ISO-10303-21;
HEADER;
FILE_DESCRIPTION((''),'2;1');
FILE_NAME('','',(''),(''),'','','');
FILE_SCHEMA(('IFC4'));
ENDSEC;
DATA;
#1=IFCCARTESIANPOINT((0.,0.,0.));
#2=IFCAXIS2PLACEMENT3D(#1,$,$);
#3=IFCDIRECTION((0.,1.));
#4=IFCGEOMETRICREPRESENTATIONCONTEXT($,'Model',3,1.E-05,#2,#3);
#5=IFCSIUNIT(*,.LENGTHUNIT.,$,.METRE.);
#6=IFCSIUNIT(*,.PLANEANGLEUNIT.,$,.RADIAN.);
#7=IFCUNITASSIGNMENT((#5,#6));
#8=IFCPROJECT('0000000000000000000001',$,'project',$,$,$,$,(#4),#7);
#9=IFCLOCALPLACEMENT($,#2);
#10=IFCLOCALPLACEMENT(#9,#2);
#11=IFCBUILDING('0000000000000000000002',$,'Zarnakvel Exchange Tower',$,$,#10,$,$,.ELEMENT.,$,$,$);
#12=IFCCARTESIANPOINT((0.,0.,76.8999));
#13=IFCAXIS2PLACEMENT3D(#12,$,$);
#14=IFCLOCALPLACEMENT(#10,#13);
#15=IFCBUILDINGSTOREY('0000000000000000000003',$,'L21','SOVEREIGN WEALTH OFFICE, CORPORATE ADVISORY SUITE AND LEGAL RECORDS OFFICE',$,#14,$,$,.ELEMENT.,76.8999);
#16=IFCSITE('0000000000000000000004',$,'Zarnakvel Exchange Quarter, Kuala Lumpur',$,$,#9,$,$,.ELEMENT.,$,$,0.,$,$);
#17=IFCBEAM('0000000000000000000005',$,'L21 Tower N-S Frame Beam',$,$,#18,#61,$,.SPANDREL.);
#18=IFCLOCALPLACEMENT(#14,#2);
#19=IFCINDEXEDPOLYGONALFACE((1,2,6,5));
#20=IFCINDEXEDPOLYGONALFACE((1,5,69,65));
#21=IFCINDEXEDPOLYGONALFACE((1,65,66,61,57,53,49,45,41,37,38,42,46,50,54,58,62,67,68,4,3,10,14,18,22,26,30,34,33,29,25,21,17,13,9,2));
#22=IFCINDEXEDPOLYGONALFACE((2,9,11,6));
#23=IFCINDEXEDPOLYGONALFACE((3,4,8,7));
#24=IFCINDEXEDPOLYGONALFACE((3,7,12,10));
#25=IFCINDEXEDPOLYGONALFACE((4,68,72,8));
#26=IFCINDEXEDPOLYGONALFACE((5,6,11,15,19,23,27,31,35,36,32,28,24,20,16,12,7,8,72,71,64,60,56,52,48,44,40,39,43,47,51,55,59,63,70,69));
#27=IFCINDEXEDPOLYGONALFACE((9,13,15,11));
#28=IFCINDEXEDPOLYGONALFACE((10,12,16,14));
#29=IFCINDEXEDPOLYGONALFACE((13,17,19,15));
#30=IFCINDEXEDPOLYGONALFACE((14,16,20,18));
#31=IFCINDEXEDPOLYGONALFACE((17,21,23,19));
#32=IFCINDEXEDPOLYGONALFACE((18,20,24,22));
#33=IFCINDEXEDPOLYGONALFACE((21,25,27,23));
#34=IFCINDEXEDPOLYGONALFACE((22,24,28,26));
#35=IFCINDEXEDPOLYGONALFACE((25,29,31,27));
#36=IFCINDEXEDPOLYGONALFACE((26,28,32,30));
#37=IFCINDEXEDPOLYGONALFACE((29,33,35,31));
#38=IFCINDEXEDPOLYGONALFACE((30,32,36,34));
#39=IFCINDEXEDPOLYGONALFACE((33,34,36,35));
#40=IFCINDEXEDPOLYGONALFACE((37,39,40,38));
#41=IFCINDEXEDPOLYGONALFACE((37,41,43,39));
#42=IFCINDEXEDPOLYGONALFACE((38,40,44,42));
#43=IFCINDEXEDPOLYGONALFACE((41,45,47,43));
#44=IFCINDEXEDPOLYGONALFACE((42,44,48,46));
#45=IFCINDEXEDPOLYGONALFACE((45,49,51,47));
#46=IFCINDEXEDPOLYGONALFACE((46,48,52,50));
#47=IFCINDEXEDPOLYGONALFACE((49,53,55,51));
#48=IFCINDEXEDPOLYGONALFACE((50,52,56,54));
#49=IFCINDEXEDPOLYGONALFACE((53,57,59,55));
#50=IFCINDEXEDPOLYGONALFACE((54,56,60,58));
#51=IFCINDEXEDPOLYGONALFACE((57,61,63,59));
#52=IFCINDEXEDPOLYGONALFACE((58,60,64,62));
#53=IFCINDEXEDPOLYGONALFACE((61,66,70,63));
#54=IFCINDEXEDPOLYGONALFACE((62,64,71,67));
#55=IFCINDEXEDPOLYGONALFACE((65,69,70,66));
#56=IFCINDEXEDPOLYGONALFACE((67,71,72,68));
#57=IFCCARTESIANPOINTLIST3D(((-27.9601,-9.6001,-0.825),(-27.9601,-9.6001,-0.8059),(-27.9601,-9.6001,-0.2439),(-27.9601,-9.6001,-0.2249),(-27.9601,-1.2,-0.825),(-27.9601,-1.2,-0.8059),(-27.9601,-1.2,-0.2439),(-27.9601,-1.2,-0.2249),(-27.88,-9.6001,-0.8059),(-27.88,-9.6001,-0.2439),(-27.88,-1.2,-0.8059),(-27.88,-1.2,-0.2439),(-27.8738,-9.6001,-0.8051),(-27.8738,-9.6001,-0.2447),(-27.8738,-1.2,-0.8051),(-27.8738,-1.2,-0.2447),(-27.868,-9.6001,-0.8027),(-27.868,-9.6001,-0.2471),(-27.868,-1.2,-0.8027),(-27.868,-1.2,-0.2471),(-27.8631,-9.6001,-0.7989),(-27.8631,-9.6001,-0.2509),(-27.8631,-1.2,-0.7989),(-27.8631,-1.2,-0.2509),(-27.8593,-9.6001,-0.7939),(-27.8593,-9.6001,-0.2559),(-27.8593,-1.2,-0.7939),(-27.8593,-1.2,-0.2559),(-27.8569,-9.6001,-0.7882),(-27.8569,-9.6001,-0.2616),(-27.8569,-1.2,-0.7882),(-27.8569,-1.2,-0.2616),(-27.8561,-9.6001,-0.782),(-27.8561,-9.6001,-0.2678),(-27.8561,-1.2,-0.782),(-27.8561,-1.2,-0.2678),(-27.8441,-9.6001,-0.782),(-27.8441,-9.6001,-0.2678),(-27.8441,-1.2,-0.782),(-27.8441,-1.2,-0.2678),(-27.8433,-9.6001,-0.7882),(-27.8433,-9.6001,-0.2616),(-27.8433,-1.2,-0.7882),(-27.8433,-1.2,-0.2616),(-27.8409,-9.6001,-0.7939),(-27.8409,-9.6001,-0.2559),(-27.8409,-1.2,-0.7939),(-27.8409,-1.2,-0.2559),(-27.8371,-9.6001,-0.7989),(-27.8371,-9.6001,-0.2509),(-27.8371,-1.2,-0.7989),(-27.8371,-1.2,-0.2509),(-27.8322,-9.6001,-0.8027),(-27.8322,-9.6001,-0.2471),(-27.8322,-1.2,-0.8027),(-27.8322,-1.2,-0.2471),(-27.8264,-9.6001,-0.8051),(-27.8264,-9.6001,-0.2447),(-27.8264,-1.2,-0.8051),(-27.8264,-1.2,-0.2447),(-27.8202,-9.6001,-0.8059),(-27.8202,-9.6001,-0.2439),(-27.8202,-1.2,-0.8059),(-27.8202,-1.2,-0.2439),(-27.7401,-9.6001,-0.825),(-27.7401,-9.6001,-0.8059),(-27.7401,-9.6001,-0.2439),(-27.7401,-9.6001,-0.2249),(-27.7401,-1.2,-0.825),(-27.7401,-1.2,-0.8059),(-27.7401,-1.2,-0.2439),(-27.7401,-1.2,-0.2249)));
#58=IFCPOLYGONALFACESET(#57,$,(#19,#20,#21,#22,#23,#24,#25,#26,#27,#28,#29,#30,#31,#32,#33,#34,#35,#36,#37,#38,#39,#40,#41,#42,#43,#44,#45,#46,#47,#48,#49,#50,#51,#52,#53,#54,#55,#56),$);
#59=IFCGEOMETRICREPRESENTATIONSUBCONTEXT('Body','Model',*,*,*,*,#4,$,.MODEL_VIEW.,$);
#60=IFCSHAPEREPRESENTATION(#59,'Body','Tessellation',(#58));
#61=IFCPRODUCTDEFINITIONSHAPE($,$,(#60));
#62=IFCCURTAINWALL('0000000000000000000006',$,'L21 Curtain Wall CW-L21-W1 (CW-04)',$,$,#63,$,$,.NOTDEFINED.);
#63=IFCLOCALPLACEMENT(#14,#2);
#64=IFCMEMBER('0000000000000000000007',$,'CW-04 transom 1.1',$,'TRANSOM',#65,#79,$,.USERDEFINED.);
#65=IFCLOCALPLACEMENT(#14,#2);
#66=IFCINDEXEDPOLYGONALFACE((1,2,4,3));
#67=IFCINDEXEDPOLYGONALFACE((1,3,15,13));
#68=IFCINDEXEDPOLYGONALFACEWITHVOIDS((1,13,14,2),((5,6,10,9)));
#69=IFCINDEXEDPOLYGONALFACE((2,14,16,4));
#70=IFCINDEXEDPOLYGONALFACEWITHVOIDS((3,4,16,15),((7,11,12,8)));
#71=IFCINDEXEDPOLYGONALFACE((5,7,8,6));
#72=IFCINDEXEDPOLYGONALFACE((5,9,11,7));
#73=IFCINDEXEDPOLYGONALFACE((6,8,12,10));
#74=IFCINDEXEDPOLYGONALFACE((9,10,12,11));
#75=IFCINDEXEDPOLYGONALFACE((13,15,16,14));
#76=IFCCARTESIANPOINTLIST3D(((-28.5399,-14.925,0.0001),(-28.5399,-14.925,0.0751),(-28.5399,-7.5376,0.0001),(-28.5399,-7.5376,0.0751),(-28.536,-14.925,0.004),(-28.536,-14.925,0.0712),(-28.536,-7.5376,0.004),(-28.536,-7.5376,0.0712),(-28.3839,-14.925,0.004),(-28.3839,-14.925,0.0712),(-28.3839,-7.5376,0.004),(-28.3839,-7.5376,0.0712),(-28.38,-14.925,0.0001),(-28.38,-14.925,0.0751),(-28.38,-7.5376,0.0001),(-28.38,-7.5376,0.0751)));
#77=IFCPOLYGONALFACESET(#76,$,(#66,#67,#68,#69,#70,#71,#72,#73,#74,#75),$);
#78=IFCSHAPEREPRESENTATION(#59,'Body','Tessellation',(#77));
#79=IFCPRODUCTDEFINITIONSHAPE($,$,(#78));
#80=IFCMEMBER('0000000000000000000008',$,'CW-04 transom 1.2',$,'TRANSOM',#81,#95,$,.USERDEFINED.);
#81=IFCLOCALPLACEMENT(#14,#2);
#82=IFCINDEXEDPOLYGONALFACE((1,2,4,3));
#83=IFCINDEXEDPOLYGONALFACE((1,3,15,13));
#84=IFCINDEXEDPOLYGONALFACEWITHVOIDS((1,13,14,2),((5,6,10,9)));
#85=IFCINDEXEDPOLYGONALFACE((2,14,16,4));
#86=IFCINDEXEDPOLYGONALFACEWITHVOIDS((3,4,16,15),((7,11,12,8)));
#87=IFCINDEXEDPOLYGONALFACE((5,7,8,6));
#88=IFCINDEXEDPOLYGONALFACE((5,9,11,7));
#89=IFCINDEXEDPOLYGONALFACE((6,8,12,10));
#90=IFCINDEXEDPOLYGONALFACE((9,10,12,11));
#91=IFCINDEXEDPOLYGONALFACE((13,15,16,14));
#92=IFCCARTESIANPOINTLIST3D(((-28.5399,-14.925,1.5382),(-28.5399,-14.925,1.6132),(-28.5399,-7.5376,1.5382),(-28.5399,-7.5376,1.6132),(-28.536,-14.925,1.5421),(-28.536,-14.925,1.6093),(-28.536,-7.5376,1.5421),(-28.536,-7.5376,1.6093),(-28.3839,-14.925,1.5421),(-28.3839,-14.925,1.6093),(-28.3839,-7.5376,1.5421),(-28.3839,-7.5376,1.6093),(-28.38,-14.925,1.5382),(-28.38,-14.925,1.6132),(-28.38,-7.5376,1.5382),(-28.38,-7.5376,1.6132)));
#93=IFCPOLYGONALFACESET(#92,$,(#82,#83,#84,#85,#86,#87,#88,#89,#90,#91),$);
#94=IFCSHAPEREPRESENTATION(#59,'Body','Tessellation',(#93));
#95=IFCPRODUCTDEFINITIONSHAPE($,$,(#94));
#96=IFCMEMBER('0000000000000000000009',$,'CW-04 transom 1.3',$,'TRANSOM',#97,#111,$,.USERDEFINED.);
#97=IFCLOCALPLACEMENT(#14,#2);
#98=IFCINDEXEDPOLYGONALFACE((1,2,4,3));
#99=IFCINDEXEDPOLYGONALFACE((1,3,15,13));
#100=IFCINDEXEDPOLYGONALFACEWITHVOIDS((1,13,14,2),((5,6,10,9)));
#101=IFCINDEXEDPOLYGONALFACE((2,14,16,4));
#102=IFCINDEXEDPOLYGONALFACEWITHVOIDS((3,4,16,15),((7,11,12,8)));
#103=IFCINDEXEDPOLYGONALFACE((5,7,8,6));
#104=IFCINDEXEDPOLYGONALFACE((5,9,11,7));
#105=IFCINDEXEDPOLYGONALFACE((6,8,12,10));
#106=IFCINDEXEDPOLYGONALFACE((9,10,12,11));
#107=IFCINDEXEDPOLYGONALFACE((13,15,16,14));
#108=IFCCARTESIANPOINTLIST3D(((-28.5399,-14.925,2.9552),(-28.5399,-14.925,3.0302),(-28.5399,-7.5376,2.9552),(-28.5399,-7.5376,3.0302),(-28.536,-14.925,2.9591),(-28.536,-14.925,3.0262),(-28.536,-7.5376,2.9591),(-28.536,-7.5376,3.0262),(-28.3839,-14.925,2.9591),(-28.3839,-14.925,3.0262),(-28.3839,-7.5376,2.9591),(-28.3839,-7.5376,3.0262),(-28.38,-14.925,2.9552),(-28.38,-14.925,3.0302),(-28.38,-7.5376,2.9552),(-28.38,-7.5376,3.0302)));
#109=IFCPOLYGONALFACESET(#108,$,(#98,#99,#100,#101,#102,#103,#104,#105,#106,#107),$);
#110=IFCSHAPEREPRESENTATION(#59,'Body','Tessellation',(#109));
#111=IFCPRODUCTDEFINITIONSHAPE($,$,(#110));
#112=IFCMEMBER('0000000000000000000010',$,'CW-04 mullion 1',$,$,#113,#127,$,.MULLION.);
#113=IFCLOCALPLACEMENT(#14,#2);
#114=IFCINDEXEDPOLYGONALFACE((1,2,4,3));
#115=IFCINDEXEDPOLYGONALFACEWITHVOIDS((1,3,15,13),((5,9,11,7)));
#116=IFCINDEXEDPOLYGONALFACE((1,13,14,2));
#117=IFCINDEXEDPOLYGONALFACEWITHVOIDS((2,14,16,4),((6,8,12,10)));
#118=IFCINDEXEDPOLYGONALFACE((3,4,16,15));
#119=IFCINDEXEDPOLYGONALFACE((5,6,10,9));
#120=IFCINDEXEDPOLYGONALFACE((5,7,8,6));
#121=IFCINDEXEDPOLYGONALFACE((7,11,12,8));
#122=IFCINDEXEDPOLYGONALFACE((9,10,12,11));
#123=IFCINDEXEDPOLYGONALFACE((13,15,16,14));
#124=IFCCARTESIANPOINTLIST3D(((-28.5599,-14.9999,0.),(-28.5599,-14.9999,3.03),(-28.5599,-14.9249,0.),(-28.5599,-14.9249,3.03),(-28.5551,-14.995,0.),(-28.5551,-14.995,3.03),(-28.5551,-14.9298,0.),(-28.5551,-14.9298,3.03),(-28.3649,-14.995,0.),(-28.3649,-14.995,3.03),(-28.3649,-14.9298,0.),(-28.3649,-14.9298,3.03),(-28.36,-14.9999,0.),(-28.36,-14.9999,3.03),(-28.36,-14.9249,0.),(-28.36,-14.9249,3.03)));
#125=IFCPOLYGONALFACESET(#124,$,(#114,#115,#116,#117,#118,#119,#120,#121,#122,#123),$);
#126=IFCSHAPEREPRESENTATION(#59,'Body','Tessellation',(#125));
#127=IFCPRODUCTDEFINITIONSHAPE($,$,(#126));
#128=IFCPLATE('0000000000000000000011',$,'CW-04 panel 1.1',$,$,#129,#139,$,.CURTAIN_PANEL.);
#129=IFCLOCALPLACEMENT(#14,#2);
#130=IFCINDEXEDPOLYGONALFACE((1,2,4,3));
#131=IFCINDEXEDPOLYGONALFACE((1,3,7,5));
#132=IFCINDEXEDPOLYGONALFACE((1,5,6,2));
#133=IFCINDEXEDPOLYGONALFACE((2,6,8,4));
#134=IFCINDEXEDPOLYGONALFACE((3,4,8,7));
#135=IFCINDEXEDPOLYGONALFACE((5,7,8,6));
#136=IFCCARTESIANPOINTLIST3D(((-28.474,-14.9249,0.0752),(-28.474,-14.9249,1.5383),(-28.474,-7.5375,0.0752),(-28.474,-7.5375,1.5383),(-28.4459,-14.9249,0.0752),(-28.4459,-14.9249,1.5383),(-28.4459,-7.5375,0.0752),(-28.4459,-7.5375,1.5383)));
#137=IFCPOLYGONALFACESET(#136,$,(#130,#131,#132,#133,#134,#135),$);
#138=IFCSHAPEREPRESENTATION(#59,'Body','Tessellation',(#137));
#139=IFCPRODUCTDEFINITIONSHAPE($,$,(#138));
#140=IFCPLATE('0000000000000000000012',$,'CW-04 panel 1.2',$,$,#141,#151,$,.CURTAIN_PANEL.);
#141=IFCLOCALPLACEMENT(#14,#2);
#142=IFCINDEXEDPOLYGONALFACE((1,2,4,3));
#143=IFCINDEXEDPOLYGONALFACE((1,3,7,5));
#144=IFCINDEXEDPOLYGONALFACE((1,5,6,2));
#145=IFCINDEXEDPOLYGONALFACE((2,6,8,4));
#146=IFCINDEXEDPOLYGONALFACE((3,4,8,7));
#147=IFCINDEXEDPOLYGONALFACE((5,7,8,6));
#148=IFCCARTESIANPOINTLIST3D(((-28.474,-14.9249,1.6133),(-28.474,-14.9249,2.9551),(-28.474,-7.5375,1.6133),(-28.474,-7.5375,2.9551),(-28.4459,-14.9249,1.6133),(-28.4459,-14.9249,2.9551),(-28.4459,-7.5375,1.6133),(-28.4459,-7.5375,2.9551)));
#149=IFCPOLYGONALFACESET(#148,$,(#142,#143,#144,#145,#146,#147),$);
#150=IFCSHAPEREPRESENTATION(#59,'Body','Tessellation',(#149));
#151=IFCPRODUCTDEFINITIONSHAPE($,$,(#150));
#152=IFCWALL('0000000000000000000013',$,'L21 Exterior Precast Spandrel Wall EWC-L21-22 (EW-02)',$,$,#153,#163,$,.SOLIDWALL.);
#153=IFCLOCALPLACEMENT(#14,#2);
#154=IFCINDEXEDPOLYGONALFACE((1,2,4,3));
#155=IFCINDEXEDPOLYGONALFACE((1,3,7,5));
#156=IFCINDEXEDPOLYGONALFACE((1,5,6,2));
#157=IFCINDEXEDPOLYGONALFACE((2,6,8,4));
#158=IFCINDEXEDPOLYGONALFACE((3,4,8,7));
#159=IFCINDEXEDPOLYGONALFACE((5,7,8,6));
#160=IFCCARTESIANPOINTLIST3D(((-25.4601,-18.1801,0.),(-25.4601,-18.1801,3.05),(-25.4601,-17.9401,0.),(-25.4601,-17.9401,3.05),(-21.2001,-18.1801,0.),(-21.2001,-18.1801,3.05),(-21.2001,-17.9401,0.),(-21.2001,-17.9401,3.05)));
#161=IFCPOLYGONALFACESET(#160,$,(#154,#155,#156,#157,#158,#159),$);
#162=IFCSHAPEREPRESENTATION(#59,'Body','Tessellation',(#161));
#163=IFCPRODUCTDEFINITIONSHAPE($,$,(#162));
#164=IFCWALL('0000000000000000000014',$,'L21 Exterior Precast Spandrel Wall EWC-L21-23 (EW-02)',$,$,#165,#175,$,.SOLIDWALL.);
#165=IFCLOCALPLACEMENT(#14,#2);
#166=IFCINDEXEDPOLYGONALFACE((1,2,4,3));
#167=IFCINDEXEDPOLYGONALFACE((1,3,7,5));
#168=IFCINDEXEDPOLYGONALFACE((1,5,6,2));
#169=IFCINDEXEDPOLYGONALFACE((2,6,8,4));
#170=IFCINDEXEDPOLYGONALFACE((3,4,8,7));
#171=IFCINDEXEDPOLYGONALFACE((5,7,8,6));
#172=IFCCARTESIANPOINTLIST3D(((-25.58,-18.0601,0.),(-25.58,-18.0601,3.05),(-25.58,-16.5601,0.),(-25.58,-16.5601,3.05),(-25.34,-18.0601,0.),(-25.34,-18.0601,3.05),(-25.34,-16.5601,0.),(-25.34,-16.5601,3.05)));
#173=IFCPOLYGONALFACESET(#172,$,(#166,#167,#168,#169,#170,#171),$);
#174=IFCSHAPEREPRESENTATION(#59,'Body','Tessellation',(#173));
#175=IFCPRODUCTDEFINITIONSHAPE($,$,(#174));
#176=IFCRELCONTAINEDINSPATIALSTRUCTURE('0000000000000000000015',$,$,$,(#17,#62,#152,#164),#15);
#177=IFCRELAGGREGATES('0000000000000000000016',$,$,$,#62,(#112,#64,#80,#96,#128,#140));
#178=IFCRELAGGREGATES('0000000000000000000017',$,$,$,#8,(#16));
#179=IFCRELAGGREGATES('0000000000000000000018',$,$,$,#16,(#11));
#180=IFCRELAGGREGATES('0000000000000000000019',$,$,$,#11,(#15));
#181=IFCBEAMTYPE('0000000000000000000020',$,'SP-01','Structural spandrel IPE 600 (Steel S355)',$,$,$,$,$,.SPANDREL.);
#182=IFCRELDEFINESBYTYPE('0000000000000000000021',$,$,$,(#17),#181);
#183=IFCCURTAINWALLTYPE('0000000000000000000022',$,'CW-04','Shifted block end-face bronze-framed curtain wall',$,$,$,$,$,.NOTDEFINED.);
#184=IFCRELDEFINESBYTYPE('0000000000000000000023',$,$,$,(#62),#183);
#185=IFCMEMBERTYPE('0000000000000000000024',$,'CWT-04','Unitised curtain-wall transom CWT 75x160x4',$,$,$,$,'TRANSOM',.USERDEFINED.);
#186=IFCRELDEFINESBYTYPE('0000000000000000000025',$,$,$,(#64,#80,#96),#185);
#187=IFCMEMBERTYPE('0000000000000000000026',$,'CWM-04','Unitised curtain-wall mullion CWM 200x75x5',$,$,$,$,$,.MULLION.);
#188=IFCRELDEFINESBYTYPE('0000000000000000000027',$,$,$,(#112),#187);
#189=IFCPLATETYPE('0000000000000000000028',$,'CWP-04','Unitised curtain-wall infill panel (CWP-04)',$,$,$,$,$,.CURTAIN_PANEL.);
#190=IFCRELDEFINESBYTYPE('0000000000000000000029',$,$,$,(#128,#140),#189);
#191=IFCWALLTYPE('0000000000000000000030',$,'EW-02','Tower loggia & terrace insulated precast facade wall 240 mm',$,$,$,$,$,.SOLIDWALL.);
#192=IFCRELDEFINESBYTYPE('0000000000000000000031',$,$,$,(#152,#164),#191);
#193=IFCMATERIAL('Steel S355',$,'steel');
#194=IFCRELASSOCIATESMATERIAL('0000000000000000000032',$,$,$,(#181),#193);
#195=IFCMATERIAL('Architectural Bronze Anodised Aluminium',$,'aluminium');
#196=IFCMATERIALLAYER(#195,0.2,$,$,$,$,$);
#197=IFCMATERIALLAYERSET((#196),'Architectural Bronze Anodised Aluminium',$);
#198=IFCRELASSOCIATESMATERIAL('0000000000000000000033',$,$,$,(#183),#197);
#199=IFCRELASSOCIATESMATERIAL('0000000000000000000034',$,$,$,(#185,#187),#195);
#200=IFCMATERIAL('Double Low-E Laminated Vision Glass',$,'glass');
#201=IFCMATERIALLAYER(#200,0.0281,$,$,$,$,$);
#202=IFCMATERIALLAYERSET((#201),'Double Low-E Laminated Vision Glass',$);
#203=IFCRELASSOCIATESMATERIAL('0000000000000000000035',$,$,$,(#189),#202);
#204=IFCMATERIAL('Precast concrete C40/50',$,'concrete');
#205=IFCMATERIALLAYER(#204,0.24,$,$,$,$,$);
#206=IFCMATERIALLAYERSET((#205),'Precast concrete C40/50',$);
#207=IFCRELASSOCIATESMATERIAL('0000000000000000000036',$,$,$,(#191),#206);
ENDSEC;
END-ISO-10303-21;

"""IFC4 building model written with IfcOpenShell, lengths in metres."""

from ifc_helpers import new_model, si_unit, direction, frame, frame_2d, origin, origin_2d, place, context, subcontext, project, spatial, rectangle, hollow_rectangle, i_section, extrude, source, transform, mapped, material, layer, layer_set, material_profile, profile_set, type_object, element, aggregate, save


model = new_model("IFC4")

# Units and contexts
model_context = context("Model", 3, precision=1e-05, world=origin(), true_north=direction((0.0, 1.0)))
body_context = subcontext(model_context, "Body", "Model", "MODEL_VIEW")
ifc_project = project(units=[si_unit("LENGTHUNIT", "METRE"), si_unit("PLANEANGLEUNIT", "RADIAN")], contexts=[model_context])

# Site, building, storey
site_placement = place(None, origin())
site = spatial("IfcSite", under=ifc_project, at=site_placement, Name="Zarnakvel Exchange Quarter, Kuala Lumpur", CompositionType="ELEMENT", RefElevation=0.0)
building_placement = place(site_placement, origin())
building = spatial("IfcBuilding", under=site, at=building_placement, Name="Zarnakvel Exchange Tower", CompositionType="ELEMENT")
storey_placement = place(building_placement, frame((0.0, 0.0, 76.8999)))
storey = spatial("IfcBuildingStorey", under=building, at=storey_placement, Name="L21", Description="SOVEREIGN WEALTH OFFICE, CORPORATE ADVISORY SUITE AND LEGAL RECORDS OFFICE", CompositionType="ELEMENT", Elevation=76.8999)

# Shared definitions
ifc_material_1 = material(Name="Steel S355", Category="steel")

# Beam
ifc_material_profile_1 = material_profile(ifc_material_1, i_section(OverallWidth=0.22, OverallDepth=0.6001, WebThickness=0.012, FlangeThickness=0.019, FilletRadius=0.0239, at=origin_2d()))
ifc_profile_set_1 = profile_set([ifc_material_profile_1], Name="Steel S355")
beam_type_1 = type_object("IfcBeamType", Name="SP-01", Description="Structural spandrel IPE 600 (Steel S355)", PredefinedType="SPANDREL", material=ifc_profile_set_1)
beam_1_placement = place(storey_placement, frame((-27.8501, -9.6001, -0.5249), z_axis=(0.0, 1.0, 0.0), x_axis=(-1.0, 0.0, 0.0)))
element("IfcBeam", 1, at=beam_1_placement, inside=storey, type_object=beam_type_1, Name="L21 Tower N-S Frame Beam", PredefinedType="SPANDREL", context=body_context, shape_type="SweptSolid", body=[
    extrude(i_section(OverallWidth=0.22, OverallDepth=0.6001, WebThickness=0.012, FlangeThickness=0.019, FilletRadius=0.0239, at=origin_2d()), origin(), (0.0, 0.0, 1.0), 8.4001),
])

# Curtain wall, members, plates
ifc_material_2 = material(Name="Architectural Bronze Anodised Aluminium", Category="aluminium")
ifc_layer_1 = layer(ifc_material_2, 0.2)
ifc_layer_set_1 = layer_set([ifc_layer_1], Name="Architectural Bronze Anodised Aluminium")
curtain_wall_type = type_object("IfcCurtainWallType", Name="CW-04", Description="Shifted block end-face bronze-framed curtain wall", PredefinedType="NOTDEFINED", material=ifc_layer_set_1)
curtain_wall_placement = place(storey_placement, origin())
curtain_wall = element("IfcCurtainWall", 2, at=curtain_wall_placement, inside=storey, type_object=curtain_wall_type, Name="L21 Curtain Wall CW-L21-W1 (CW-04)", PredefinedType="NOTDEFINED")
ifc_material_profile_2 = material_profile(ifc_material_2, hollow_rectangle(XDim=0.1599, YDim=0.075, WallThickness=0.0039, at=origin_2d()))
ifc_profile_set_2 = profile_set([ifc_material_profile_2], Name="Architectural Bronze Anodised Aluminium")
member_type_1 = type_object("IfcMemberType", Name="CWT-04", Description="Unitised curtain-wall transom CWT 75x160x4", ElementType="TRANSOM", PredefinedType="USERDEFINED", material=ifc_profile_set_2)
shared_shape_1 = source(origin(), body_context, "Body", "SweptSolid", [
    extrude(hollow_rectangle(XDim=0.1599, YDim=0.075, WallThickness=0.0039, at=origin_2d()), origin(), (0.0, 0.0, 1.0), 7.3875),
])
member_1_placement = place(storey_placement, frame((-28.46, -14.925, 0.0376), z_axis=(0.0, 1.0, 0.0), x_axis=(-1.0, 0.0, 0.0)))
member_1 = element("IfcMember", 3, at=member_1_placement, type_object=member_type_1, Name="CW-04 transom 1.1", ObjectType="TRANSOM", PredefinedType="USERDEFINED", context=body_context, shape_type="MappedRepresentation", body=[
    mapped(shared_shape_1, transform((0.0, 0.0, 0.0), x_axis=(1.0, 0.0, 0.0), y_axis=(0.0, 1.0, 0.0), z_axis=(0.0, 0.0, 1.0), scale=1.0)),
])
member_2_placement = place(storey_placement, frame((-28.46, -14.925, 1.5757), z_axis=(0.0, 1.0, 0.0), x_axis=(-1.0, 0.0, 0.0)))
member_2 = element("IfcMember", 4, at=member_2_placement, type_object=member_type_1, Name="CW-04 transom 1.2", ObjectType="TRANSOM", PredefinedType="USERDEFINED", context=body_context, shape_type="MappedRepresentation", body=[
    mapped(shared_shape_1, transform((0.0, 0.0, 0.0), x_axis=(1.0, 0.0, 0.0), y_axis=(0.0, 1.0, 0.0), z_axis=(0.0, 0.0, 1.0), scale=1.0)),
])
member_3_placement = place(storey_placement, frame((-28.46, -14.925, 2.9927), z_axis=(0.0, 1.0, 0.0), x_axis=(-1.0, 0.0, 0.0)))
member_3 = element("IfcMember", 5, at=member_3_placement, type_object=member_type_1, Name="CW-04 transom 1.3", ObjectType="TRANSOM", PredefinedType="USERDEFINED", context=body_context, shape_type="MappedRepresentation", body=[
    mapped(shared_shape_1, transform((0.0, 0.0, 0.0), x_axis=(1.0, 0.0, 0.0), y_axis=(0.0, 1.0, 0.0), z_axis=(0.0, 0.0, 1.0), scale=1.0)),
])
ifc_material_profile_3 = material_profile(ifc_material_2, hollow_rectangle(XDim=0.2, YDim=0.075, WallThickness=0.0049, at=origin_2d()))
ifc_profile_set_3 = profile_set([ifc_material_profile_3], Name="Architectural Bronze Anodised Aluminium")
member_type_2 = type_object("IfcMemberType", Name="CWM-04", Description="Unitised curtain-wall mullion CWM 200x75x5", PredefinedType="MULLION", material=ifc_profile_set_3)
shared_shape_2 = source(origin(), body_context, "Body", "SweptSolid", [
    extrude(hollow_rectangle(XDim=0.2, YDim=0.075, WallThickness=0.0049, at=origin_2d()), origin(), (0.0, 0.0, 1.0), 3.03),
])
member_4_placement = place(storey_placement, frame((-28.46, -14.9624, 0.0), z_axis=(0.0, 0.0, 1.0), x_axis=(-1.0, 0.0, 0.0)))
member_4 = element("IfcMember", 6, at=member_4_placement, type_object=member_type_2, Name="CW-04 mullion 1", PredefinedType="MULLION", context=body_context, shape_type="MappedRepresentation", body=[
    mapped(shared_shape_2, transform((0.0, 0.0, 0.0), x_axis=(1.0, 0.0, 0.0), y_axis=(0.0, 1.0, 0.0), z_axis=(0.0, 0.0, 1.0), scale=1.0)),
])
ifc_material_3 = material(Name="Double Low-E Laminated Vision Glass", Category="glass")
ifc_layer_2 = layer(ifc_material_3, 0.0281)
ifc_layer_set_2 = layer_set([ifc_layer_2], Name="Double Low-E Laminated Vision Glass")
plate_type = type_object("IfcPlateType", Name="CWP-04", Description="Unitised curtain-wall infill panel (CWP-04)", PredefinedType="CURTAIN_PANEL", material=ifc_layer_set_2)
shared_shape_3 = source(origin(), body_context, "Body", "SweptSolid", [
    extrude(rectangle(XDim=7.3875, YDim=0.0281, at=origin_2d()), origin(), (0.0, 0.0, 1.0), 1.4631),
])
plate_1_placement = place(storey_placement, frame((-28.46, -11.2312, 0.0752), z_axis=(0.0, 0.0, 1.0), x_axis=(0.0, 1.0, 0.0)))
plate_1 = element("IfcPlate", 7, at=plate_1_placement, type_object=plate_type, Name="CW-04 panel 1.1", PredefinedType="CURTAIN_PANEL", context=body_context, shape_type="MappedRepresentation", body=[
    mapped(shared_shape_3, transform((0.0, 0.0, 0.0), x_axis=(1.0, 0.0, 0.0), y_axis=(0.0, 1.0, 0.0), z_axis=(0.0, 0.0, 1.0), scale=1.0)),
])
shared_shape_4 = source(origin(), body_context, "Body", "SweptSolid", [
    extrude(rectangle(XDim=7.3875, YDim=0.0281, at=origin_2d()), origin(), (0.0, 0.0, 1.0), 1.3418),
])
plate_2_placement = place(storey_placement, frame((-28.46, -11.2312, 1.6133), z_axis=(0.0, 0.0, 1.0), x_axis=(0.0, 1.0, 0.0)))
plate_2 = element("IfcPlate", 8, at=plate_2_placement, type_object=plate_type, Name="CW-04 panel 1.2", PredefinedType="CURTAIN_PANEL", context=body_context, shape_type="MappedRepresentation", body=[
    mapped(shared_shape_4, transform((0.0, 0.0, 0.0), x_axis=(1.0, 0.0, 0.0), y_axis=(0.0, 1.0, 0.0), z_axis=(0.0, 0.0, 1.0), scale=1.0)),
])
aggregate(curtain_wall, [member_4, member_1, member_2, member_3, plate_1, plate_2])

# Walls
ifc_material_4 = material(Name="Precast concrete C40/50", Category="concrete")
ifc_layer_3 = layer(ifc_material_4, 0.24)
ifc_layer_set_3 = layer_set([ifc_layer_3], Name="Precast concrete C40/50")
wall_type_1 = type_object("IfcWallType", Name="EW-02", Description="Tower loggia & terrace insulated precast facade wall 240 mm", PredefinedType="SOLIDWALL", material=ifc_layer_set_3)
wall_1_placement = place(storey_placement, frame((-25.46, -18.0601, 0.0), z_axis=(0.0, 0.0, 1.0), x_axis=(1.0, 0.0, 0.0)))
element("IfcWall", 9, at=wall_1_placement, inside=storey, type_object=wall_type_1, Name="L21 Exterior Precast Spandrel Wall EWC-L21-22 (EW-02)", PredefinedType="SOLIDWALL", context=body_context, shape_type="SweptSolid", body=[
    extrude(rectangle(XDim=4.26, YDim=0.24, at=frame_2d((2.1299, 0.0))), origin(), (0.0, 0.0, 1.0), 3.05),
])
for number, where, z_axis, x_axis, name in (
    (10, (-25.46, -16.5601, 0.0), (0.0, 0.0, 1.0), (0.0, -1.0, 0.0), "L21 Exterior Precast Spandrel Wall EWC-L21-23 (EW-02)"),
):
    element("IfcWall", number, at=place(storey_placement, frame(where, z_axis=z_axis, x_axis=x_axis)), inside=storey, type_object=wall_type_1, Name=name, PredefinedType="SOLIDWALL", context=body_context, shape_type="SweptSolid", body=[
        extrude(rectangle(XDim=1.5, YDim=0.24, at=frame_2d((0.75, 0.0))), origin(), (0.0, 0.0, 1.0), 3.05),
    ])

save(model, "model.ifc")
